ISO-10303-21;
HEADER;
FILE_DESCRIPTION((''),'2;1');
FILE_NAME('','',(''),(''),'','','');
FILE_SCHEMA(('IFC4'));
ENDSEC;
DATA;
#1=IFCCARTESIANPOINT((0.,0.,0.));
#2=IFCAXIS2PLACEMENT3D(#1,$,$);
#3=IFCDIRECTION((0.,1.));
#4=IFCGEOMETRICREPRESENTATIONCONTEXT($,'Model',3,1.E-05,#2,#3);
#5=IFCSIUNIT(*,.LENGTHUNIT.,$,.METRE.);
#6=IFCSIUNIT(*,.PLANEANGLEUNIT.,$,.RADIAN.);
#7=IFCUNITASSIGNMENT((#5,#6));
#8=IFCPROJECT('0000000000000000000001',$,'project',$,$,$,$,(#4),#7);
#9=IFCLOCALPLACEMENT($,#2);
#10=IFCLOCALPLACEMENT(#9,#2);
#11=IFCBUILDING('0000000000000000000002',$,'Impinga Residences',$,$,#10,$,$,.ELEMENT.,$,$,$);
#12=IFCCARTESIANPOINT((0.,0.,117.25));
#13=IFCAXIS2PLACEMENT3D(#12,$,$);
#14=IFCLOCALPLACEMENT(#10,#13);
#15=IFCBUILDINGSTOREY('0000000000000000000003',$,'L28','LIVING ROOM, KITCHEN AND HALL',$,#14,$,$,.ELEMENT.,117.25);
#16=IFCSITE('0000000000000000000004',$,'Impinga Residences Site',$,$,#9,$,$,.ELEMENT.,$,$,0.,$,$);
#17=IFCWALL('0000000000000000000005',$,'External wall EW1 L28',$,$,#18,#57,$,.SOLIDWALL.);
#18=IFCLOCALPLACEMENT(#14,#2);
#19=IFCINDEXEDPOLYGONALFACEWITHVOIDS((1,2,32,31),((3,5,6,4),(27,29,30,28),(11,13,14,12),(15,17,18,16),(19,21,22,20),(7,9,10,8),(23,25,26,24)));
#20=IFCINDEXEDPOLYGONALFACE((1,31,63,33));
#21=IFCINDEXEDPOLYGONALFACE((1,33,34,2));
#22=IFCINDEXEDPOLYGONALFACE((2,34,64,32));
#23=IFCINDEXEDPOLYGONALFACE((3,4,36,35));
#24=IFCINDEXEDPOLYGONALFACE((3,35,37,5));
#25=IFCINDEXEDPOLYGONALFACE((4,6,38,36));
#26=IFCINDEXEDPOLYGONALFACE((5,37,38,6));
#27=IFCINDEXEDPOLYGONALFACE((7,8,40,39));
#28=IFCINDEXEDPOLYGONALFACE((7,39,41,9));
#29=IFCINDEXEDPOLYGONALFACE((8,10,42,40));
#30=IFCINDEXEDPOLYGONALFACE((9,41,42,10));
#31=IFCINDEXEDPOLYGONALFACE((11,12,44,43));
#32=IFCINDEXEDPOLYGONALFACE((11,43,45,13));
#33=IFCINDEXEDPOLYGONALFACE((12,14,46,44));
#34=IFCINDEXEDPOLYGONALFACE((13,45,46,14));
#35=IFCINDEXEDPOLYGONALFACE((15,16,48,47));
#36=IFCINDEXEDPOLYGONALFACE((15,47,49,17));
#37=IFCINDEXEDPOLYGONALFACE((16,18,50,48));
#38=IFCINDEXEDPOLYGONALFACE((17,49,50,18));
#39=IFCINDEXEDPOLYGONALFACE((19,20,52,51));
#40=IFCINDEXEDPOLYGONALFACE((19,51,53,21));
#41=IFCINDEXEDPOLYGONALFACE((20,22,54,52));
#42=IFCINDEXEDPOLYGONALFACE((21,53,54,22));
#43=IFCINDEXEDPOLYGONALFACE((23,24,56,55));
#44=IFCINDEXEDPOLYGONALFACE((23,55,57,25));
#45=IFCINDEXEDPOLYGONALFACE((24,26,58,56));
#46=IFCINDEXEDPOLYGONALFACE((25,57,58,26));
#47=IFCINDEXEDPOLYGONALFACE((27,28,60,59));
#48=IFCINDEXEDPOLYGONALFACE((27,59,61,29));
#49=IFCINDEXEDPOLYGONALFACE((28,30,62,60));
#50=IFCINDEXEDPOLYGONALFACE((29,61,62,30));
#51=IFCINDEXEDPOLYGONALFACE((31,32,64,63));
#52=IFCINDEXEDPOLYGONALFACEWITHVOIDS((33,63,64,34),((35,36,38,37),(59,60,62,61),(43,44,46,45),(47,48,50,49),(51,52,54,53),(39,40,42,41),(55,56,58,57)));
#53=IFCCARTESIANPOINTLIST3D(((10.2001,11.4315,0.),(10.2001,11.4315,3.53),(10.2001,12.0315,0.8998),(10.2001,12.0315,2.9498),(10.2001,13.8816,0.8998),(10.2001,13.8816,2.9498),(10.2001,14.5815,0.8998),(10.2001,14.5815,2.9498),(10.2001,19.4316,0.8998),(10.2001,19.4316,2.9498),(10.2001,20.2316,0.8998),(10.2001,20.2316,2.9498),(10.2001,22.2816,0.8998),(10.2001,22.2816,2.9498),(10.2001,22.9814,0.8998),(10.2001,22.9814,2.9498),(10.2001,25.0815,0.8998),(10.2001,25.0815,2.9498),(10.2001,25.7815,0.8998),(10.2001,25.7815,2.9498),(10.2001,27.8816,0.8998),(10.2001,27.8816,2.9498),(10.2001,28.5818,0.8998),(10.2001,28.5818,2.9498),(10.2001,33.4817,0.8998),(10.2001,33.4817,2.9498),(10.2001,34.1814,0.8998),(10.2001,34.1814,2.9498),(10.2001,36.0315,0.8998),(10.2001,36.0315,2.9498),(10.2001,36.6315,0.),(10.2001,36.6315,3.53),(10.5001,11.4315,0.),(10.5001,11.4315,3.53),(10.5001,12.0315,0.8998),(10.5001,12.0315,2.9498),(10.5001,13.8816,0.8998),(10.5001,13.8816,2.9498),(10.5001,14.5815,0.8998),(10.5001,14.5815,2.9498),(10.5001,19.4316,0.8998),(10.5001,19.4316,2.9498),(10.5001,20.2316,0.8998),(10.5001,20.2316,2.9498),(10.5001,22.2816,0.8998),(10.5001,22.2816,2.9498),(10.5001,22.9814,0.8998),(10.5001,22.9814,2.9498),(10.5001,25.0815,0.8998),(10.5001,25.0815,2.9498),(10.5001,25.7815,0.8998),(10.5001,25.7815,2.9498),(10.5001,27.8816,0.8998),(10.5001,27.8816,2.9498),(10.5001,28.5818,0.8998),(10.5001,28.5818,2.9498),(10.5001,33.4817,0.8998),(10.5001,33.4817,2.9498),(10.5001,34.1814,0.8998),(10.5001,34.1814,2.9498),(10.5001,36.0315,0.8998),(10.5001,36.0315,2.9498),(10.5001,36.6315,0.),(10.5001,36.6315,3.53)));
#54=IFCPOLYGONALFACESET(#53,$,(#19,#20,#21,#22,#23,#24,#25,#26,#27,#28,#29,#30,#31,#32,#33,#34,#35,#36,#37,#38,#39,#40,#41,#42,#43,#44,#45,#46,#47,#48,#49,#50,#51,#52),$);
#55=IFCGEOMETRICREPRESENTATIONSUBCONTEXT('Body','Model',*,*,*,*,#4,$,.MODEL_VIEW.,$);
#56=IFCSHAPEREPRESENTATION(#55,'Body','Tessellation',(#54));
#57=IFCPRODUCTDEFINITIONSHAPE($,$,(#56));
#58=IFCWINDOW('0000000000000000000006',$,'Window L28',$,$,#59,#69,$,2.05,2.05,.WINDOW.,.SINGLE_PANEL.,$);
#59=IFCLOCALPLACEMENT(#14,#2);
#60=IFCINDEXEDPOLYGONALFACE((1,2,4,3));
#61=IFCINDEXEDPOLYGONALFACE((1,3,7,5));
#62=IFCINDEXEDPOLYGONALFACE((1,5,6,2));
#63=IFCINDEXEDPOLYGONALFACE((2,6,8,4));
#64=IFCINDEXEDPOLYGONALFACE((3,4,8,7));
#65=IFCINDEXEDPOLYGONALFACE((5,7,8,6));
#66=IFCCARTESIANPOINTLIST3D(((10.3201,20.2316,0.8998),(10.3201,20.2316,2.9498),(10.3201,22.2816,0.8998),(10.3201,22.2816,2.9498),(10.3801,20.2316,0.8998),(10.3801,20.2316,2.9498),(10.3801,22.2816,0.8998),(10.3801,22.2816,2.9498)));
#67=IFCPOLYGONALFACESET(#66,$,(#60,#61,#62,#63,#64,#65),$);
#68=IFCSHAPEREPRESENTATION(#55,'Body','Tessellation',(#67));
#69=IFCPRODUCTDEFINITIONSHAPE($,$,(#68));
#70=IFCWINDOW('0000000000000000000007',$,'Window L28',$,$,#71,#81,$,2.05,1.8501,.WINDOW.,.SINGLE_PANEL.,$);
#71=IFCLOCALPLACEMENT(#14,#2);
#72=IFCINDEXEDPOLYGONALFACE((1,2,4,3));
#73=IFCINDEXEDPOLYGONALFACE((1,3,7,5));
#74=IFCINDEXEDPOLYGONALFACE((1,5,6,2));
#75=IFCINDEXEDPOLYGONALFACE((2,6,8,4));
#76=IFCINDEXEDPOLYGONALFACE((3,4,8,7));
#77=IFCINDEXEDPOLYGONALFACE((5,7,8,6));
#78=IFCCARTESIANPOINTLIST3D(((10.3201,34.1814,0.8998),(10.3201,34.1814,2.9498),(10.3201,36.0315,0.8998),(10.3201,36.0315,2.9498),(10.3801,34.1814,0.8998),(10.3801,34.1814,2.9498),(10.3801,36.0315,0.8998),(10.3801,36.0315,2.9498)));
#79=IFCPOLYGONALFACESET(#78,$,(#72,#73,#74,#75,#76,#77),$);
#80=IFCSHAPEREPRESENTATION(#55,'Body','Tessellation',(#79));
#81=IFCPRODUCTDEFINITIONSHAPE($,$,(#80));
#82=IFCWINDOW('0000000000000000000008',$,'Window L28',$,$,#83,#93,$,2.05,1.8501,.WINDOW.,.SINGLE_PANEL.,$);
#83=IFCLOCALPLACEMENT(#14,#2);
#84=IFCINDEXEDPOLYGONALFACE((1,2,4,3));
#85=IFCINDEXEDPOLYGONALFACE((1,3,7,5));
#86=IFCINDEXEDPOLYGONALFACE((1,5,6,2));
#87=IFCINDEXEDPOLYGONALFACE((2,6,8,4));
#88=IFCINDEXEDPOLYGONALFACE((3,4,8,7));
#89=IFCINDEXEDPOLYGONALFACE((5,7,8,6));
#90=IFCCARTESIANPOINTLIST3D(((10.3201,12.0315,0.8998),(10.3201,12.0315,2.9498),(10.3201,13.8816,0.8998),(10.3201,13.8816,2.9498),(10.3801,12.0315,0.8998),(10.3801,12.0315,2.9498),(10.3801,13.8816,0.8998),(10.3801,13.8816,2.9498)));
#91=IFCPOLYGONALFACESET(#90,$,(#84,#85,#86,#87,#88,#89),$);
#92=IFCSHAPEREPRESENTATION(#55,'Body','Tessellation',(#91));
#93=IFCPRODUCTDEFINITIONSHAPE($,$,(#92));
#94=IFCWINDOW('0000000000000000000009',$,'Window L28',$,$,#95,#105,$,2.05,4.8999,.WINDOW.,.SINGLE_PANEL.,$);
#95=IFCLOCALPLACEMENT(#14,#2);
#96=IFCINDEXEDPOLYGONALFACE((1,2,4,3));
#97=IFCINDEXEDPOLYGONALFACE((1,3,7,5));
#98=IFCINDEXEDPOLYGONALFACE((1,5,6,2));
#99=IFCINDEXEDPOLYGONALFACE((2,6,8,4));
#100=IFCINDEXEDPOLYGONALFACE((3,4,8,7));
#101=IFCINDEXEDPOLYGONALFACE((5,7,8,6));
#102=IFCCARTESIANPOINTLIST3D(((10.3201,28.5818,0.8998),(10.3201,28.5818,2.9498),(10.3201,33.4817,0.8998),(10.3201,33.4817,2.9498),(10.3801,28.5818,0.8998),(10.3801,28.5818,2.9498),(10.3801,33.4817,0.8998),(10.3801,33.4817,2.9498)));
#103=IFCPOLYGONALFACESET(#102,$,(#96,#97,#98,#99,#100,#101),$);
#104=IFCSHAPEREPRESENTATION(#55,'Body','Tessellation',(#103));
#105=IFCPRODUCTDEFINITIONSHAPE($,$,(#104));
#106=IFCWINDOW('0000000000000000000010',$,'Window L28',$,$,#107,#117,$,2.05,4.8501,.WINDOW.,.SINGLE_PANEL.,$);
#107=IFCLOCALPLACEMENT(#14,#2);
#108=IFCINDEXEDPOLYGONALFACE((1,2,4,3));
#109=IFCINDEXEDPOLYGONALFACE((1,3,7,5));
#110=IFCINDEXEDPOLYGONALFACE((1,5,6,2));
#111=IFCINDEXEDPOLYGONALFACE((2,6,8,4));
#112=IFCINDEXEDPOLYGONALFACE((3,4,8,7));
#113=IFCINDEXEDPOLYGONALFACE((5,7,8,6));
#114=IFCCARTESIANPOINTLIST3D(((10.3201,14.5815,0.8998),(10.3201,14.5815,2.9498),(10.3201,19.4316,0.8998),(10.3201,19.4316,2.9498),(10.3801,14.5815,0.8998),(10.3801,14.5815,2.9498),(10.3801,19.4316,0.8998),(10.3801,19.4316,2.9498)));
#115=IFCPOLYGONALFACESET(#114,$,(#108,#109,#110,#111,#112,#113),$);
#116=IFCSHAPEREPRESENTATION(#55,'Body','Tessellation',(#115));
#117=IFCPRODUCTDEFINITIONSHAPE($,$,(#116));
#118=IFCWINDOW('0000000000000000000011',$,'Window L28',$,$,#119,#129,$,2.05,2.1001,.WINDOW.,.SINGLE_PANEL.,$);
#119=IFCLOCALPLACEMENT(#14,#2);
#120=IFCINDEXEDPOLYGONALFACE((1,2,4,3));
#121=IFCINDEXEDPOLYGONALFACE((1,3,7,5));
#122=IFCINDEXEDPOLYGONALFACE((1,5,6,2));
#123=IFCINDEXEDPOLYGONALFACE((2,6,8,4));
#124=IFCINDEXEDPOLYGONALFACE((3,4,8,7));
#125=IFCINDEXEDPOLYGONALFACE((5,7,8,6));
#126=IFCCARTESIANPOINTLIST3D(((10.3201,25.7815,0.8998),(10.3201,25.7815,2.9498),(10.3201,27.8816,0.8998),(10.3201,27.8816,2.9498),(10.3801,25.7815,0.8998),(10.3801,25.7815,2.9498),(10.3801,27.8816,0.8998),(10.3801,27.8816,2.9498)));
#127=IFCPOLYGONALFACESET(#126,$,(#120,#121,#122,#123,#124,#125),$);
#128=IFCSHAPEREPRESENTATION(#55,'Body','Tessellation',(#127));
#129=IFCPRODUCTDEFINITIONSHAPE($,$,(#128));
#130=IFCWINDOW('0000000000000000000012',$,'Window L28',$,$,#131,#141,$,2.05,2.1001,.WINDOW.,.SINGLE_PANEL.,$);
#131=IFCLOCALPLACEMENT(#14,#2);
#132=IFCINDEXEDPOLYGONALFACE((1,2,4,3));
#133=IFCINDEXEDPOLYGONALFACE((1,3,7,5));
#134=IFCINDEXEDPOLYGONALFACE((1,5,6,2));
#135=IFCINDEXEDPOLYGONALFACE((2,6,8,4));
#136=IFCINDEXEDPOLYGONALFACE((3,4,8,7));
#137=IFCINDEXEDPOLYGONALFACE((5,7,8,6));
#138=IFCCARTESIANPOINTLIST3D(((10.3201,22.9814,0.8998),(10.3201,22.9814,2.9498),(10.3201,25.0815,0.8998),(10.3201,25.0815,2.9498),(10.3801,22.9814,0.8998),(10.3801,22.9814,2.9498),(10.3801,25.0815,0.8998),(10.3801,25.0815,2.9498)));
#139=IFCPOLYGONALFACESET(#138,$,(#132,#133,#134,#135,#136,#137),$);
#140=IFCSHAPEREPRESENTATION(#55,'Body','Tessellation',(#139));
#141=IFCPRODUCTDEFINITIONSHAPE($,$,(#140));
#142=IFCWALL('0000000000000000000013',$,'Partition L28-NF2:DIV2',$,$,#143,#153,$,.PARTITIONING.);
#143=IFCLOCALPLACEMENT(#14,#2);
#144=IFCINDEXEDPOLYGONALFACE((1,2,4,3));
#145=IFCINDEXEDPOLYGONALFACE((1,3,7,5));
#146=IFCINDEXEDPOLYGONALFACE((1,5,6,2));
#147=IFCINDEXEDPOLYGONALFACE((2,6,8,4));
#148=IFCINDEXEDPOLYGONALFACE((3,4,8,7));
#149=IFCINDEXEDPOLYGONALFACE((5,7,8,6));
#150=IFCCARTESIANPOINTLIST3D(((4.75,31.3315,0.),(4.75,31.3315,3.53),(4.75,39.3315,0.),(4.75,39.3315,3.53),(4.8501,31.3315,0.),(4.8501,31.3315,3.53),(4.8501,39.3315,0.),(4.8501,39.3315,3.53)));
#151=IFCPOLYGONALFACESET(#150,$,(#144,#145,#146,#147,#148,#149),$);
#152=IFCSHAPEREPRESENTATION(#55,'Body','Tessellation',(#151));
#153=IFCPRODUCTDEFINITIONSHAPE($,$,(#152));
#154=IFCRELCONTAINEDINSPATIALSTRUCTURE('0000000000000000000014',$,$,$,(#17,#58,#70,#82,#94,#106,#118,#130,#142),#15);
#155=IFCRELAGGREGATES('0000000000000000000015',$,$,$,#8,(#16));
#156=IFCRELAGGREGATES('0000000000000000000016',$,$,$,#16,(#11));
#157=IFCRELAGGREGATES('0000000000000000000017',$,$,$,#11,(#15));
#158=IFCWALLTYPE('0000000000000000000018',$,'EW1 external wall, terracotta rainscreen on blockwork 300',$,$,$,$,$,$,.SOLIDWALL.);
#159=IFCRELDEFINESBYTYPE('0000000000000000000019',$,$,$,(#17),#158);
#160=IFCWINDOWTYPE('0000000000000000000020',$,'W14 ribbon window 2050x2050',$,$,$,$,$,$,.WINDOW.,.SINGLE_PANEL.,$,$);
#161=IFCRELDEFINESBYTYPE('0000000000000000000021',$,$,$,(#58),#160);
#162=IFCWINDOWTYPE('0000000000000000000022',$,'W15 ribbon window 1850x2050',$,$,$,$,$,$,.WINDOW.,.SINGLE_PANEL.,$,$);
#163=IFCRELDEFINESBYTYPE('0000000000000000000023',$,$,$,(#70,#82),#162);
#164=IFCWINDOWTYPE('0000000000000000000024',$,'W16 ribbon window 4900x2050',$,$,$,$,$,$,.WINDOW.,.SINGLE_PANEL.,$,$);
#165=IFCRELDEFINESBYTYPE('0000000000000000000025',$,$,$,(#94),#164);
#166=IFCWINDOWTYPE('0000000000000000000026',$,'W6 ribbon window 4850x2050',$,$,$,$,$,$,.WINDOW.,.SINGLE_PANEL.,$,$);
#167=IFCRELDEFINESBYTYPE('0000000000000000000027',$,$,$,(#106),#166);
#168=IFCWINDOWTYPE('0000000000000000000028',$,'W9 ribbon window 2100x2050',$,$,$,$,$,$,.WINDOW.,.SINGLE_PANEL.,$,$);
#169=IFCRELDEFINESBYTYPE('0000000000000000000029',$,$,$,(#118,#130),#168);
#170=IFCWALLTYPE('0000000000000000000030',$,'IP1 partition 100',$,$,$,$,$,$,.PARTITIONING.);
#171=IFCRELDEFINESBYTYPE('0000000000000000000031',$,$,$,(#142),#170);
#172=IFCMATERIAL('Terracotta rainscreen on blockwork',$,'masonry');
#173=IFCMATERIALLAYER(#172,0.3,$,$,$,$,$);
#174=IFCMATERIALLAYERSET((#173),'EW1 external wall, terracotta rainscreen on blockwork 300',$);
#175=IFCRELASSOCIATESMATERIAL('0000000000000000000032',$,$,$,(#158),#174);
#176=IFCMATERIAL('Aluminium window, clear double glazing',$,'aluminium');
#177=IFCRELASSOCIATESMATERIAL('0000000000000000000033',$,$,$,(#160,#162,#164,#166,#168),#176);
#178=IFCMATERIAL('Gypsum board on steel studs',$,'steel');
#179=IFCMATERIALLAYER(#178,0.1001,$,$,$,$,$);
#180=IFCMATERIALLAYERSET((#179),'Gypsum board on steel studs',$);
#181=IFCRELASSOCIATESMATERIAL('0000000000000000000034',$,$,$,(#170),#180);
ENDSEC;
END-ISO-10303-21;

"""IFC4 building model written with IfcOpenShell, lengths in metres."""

from ifc_helpers import new_model, si_unit, direction, frame, frame_2d, origin, place, context, subcontext, project, spatial, rectangle, extrude, material, layer, layer_set, type_object, element, fill, save


model = new_model("IFC4")

# Units and contexts
model_context = context("Model", 3, precision=1e-05, world=origin(), true_north=direction((0.0, 1.0)))
body_context = subcontext(model_context, "Body", "Model", "MODEL_VIEW")
ifc_project = project(units=[si_unit("LENGTHUNIT", "METRE"), si_unit("PLANEANGLEUNIT", "RADIAN")], contexts=[model_context])

# Site, building, storey
site_placement = place(None, origin())
site = spatial("IfcSite", under=ifc_project, at=site_placement, Name="Impinga Residences Site", CompositionType="ELEMENT", RefElevation=0.0)
building_placement = place(site_placement, origin())
building = spatial("IfcBuilding", under=site, at=building_placement, Name="Impinga Residences", CompositionType="ELEMENT")
storey_placement = place(building_placement, frame((0.0, 0.0, 117.25)))
storey = spatial("IfcBuildingStorey", under=building, at=storey_placement, Name="L28", Description="LIVING ROOM, KITCHEN AND HALL", CompositionType="ELEMENT", Elevation=117.25)

# Shared definitions
ifc_material_1 = material(Name="Terracotta rainscreen on blockwork", Category="masonry")
ifc_layer_1 = layer(ifc_material_1, 0.3)
ifc_layer_set_1 = layer_set([ifc_layer_1], Name="EW1 external wall, terracotta rainscreen on blockwork 300")
wall_type_1 = type_object("IfcWallType", Name="EW1 external wall, terracotta rainscreen on blockwork 300", PredefinedType="SOLIDWALL", material=ifc_layer_set_1)

# Wall, openings, windows
wall_1_placement = place(storey_placement, frame((10.3501, 36.6316, 0.0), z_axis=(0.0, 0.0, 1.0), x_axis=(0.0, -1.0, 0.0)))
wall_1 = element("IfcWall", 1, at=wall_1_placement, inside=storey, type_object=wall_type_1, Name="External wall EW1 L28", PredefinedType="SOLIDWALL", context=body_context, shape_type="SweptSolid", body=[
    extrude(rectangle(XDim=25.2, YDim=0.3, at=frame_2d((12.6001, 0.0))), origin(), (0.0, 0.0, 1.0), 3.53),
])
opening_1_placement = place(wall_1_placement, frame((0.6001, 0.0, 0.8999)))
opening_1 = element("IfcOpeningElement", 2, at=opening_1_placement, cuts=wall_1, PredefinedType="OPENING", context=body_context, shape_type="SweptSolid", body=[
    extrude(rectangle(XDim=1.8501, YDim=2.05, at=frame_2d((0.925, 1.0249))), frame((0.0, 0.1599, 0.0), z_axis=(0.0, -1.0, 0.0), x_axis=(1.0, 0.0, 0.0)), (0.0, 0.0, 1.0), 0.3201),
])
opening_2_placement = place(wall_1_placement, frame((3.1499, 0.0, 0.8999)))
opening_2 = element("IfcOpeningElement", 3, at=opening_2_placement, cuts=wall_1, PredefinedType="OPENING", context=body_context, shape_type="SweptSolid", body=[
    extrude(rectangle(XDim=4.8999, YDim=2.05, at=frame_2d((2.45, 1.0249))), frame((0.0, 0.1599, 0.0), z_axis=(0.0, -1.0, 0.0), x_axis=(1.0, 0.0, 0.0)), (0.0, 0.0, 1.0), 0.3201),
])
opening_3_placement = place(wall_1_placement, frame((8.75, 0.0, 0.8999)))
opening_3 = element("IfcOpeningElement", 4, at=opening_3_placement, cuts=wall_1, PredefinedType="OPENING", context=body_context, shape_type="SweptSolid", body=[
    extrude(rectangle(XDim=2.1001, YDim=2.05, at=frame_2d((1.05, 1.0249))), frame((0.0, 0.1599, 0.0), z_axis=(0.0, -1.0, 0.0), x_axis=(1.0, 0.0, 0.0)), (0.0, 0.0, 1.0), 0.3201),
])
opening_4_placement = place(wall_1_placement, frame((11.55, 0.0, 0.8999)))
opening_4 = element("IfcOpeningElement", 5, at=opening_4_placement, cuts=wall_1, PredefinedType="OPENING", context=body_context, shape_type="SweptSolid", body=[
    extrude(rectangle(XDim=2.1001, YDim=2.05, at=frame_2d((1.05, 1.0249))), frame((0.0, 0.1599, 0.0), z_axis=(0.0, -1.0, 0.0), x_axis=(1.0, 0.0, 0.0)), (0.0, 0.0, 1.0), 0.3201),
])
opening_5_placement = place(wall_1_placement, frame((14.3501, 0.0, 0.8999)))
opening_5 = element("IfcOpeningElement", 6, at=opening_5_placement, cuts=wall_1, PredefinedType="OPENING", context=body_context, shape_type="SweptSolid", body=[
    extrude(rectangle(XDim=2.05, YDim=2.05, at=frame_2d((1.0249, 1.0249))), frame((0.0, 0.1599, 0.0), z_axis=(0.0, -1.0, 0.0), x_axis=(1.0, 0.0, 0.0)), (0.0, 0.0, 1.0), 0.3201),
])
opening_6_placement = place(wall_1_placement, frame((17.2, 0.0, 0.8999)))
opening_6 = element("IfcOpeningElement", 7, at=opening_6_placement, cuts=wall_1, PredefinedType="OPENING", context=body_context, shape_type="SweptSolid", body=[
    extrude(rectangle(XDim=4.8501, YDim=2.05, at=frame_2d((2.425, 1.0249))), frame((0.0, 0.1599, 0.0), z_axis=(0.0, -1.0, 0.0), x_axis=(1.0, 0.0, 0.0)), (0.0, 0.0, 1.0), 0.3201),
])
opening_7_placement = place(wall_1_placement, frame((22.75, 0.0, 0.8999)))
opening_7 = element("IfcOpeningElement", 8, at=opening_7_placement, cuts=wall_1, PredefinedType="OPENING", context=body_context, shape_type="SweptSolid", body=[
    extrude(rectangle(XDim=1.8501, YDim=2.05, at=frame_2d((0.925, 1.0249))), frame((0.0, 0.1599, 0.0), z_axis=(0.0, -1.0, 0.0), x_axis=(1.0, 0.0, 0.0)), (0.0, 0.0, 1.0), 0.3201),
])
ifc_material_2 = material(Name="Aluminium window, clear double glazing", Category="aluminium")
window_type_1 = type_object("IfcWindowType", Name="W14 ribbon window 2050x2050", PartitioningType="SINGLE_PANEL", PredefinedType="WINDOW", material=ifc_material_2)
window_1_placement = place(opening_5_placement, origin())
window_1 = element("IfcWindow", 9, at=window_1_placement, inside=storey, type_object=window_type_1, Name="Window L28", OverallHeight=2.05, OverallWidth=2.05, PartitioningType="SINGLE_PANEL", PredefinedType="WINDOW", context=body_context, shape_type="SweptSolid", body=[
    extrude(rectangle(XDim=2.05, YDim=2.05, at=frame_2d((1.0249, 1.0249))), frame((0.0, 0.03, 0.0), z_axis=(0.0, -1.0, 0.0), x_axis=(1.0, 0.0, 0.0)), (0.0, 0.0, 1.0), 0.0601),
])
fill(opening_5, window_1)
window_type_2 = type_object("IfcWindowType", Name="W15 ribbon window 1850x2050", PartitioningType="SINGLE_PANEL", PredefinedType="WINDOW", material=ifc_material_2)
window_2_placement = place(opening_1_placement, origin())
window_2 = element("IfcWindow", 10, at=window_2_placement, inside=storey, type_object=window_type_2, Name="Window L28", OverallHeight=2.05, OverallWidth=1.8501, PartitioningType="SINGLE_PANEL", PredefinedType="WINDOW", context=body_context, shape_type="SweptSolid", body=[
    extrude(rectangle(XDim=1.8501, YDim=2.05, at=frame_2d((0.925, 1.0249))), frame((0.0, 0.03, 0.0), z_axis=(0.0, -1.0, 0.0), x_axis=(1.0, 0.0, 0.0)), (0.0, 0.0, 1.0), 0.0601),
])
fill(opening_1, window_2)
window_3_placement = place(opening_7_placement, origin())
window_3 = element("IfcWindow", 11, at=window_3_placement, inside=storey, type_object=window_type_2, Name="Window L28", OverallHeight=2.05, OverallWidth=1.8501, PartitioningType="SINGLE_PANEL", PredefinedType="WINDOW", context=body_context, shape_type="SweptSolid", body=[
    extrude(rectangle(XDim=1.8501, YDim=2.05, at=frame_2d((0.925, 1.0249))), frame((0.0, 0.03, 0.0), z_axis=(0.0, -1.0, 0.0), x_axis=(1.0, 0.0, 0.0)), (0.0, 0.0, 1.0), 0.0601),
])
fill(opening_7, window_3)
window_type_3 = type_object("IfcWindowType", Name="W16 ribbon window 4900x2050", PartitioningType="SINGLE_PANEL", PredefinedType="WINDOW", material=ifc_material_2)
window_4_placement = place(opening_2_placement, origin())
window_4 = element("IfcWindow", 12, at=window_4_placement, inside=storey, type_object=window_type_3, Name="Window L28", OverallHeight=2.05, OverallWidth=4.8999, PartitioningType="SINGLE_PANEL", PredefinedType="WINDOW", context=body_context, shape_type="SweptSolid", body=[
    extrude(rectangle(XDim=4.8999, YDim=2.05, at=frame_2d((2.45, 1.0249))), frame((0.0, 0.03, 0.0), z_axis=(0.0, -1.0, 0.0), x_axis=(1.0, 0.0, 0.0)), (0.0, 0.0, 1.0), 0.0601),
])
fill(opening_2, window_4)
window_type_4 = type_object("IfcWindowType", Name="W6 ribbon window 4850x2050", PartitioningType="SINGLE_PANEL", PredefinedType="WINDOW", material=ifc_material_2)
window_5_placement = place(opening_6_placement, origin())
window_5 = element("IfcWindow", 13, at=window_5_placement, inside=storey, type_object=window_type_4, Name="Window L28", OverallHeight=2.05, OverallWidth=4.8501, PartitioningType="SINGLE_PANEL", PredefinedType="WINDOW", context=body_context, shape_type="SweptSolid", body=[
    extrude(rectangle(XDim=4.8501, YDim=2.05, at=frame_2d((2.425, 1.0249))), frame((0.0, 0.03, 0.0), z_axis=(0.0, -1.0, 0.0), x_axis=(1.0, 0.0, 0.0)), (0.0, 0.0, 1.0), 0.0601),
])
fill(opening_6, window_5)
window_type_5 = type_object("IfcWindowType", Name="W9 ribbon window 2100x2050", PartitioningType="SINGLE_PANEL", PredefinedType="WINDOW", material=ifc_material_2)
window_6_placement = place(opening_3_placement, origin())
window_6 = element("IfcWindow", 14, at=window_6_placement, inside=storey, type_object=window_type_5, Name="Window L28", OverallHeight=2.05, OverallWidth=2.1001, PartitioningType="SINGLE_PANEL", PredefinedType="WINDOW", context=body_context, shape_type="SweptSolid", body=[
    extrude(rectangle(XDim=2.1001, YDim=2.05, at=frame_2d((1.05, 1.0249))), frame((0.0, 0.03, 0.0), z_axis=(0.0, -1.0, 0.0), x_axis=(1.0, 0.0, 0.0)), (0.0, 0.0, 1.0), 0.0601),
])
fill(opening_3, window_6)
window_7_placement = place(opening_4_placement, origin())
window_7 = element("IfcWindow", 15, at=window_7_placement, inside=storey, type_object=window_type_5, Name="Window L28", OverallHeight=2.05, OverallWidth=2.1001, PartitioningType="SINGLE_PANEL", PredefinedType="WINDOW", context=body_context, shape_type="SweptSolid", body=[
    extrude(rectangle(XDim=2.1001, YDim=2.05, at=frame_2d((1.05, 1.0249))), frame((0.0, 0.03, 0.0), z_axis=(0.0, -1.0, 0.0), x_axis=(1.0, 0.0, 0.0)), (0.0, 0.0, 1.0), 0.0601),
])
fill(opening_4, window_7)

# Wall
ifc_material_3 = material(Name="Gypsum board on steel studs", Category="steel")
ifc_layer_2 = layer(ifc_material_3, 0.1001)
ifc_layer_set_2 = layer_set([ifc_layer_2], Name="Gypsum board on steel studs")
wall_type_2 = type_object("IfcWallType", Name="IP1 partition 100", PredefinedType="PARTITIONING", material=ifc_layer_set_2)
wall_2_placement = place(storey_placement, frame((4.8, 31.3315, 0.0), z_axis=(0.0, 0.0, 1.0), x_axis=(0.0, 1.0, 0.0)))
element("IfcWall", 16, at=wall_2_placement, inside=storey, type_object=wall_type_2, Name="Partition L28-NF2:DIV2", PredefinedType="PARTITIONING", context=body_context, shape_type="SweptSolid", body=[
    extrude(rectangle(XDim=8.0, YDim=0.1001, at=frame_2d((4.0, 0.0))), origin(), (0.0, 0.0, 1.0), 3.53),
])

save(model, "model.ifc")
